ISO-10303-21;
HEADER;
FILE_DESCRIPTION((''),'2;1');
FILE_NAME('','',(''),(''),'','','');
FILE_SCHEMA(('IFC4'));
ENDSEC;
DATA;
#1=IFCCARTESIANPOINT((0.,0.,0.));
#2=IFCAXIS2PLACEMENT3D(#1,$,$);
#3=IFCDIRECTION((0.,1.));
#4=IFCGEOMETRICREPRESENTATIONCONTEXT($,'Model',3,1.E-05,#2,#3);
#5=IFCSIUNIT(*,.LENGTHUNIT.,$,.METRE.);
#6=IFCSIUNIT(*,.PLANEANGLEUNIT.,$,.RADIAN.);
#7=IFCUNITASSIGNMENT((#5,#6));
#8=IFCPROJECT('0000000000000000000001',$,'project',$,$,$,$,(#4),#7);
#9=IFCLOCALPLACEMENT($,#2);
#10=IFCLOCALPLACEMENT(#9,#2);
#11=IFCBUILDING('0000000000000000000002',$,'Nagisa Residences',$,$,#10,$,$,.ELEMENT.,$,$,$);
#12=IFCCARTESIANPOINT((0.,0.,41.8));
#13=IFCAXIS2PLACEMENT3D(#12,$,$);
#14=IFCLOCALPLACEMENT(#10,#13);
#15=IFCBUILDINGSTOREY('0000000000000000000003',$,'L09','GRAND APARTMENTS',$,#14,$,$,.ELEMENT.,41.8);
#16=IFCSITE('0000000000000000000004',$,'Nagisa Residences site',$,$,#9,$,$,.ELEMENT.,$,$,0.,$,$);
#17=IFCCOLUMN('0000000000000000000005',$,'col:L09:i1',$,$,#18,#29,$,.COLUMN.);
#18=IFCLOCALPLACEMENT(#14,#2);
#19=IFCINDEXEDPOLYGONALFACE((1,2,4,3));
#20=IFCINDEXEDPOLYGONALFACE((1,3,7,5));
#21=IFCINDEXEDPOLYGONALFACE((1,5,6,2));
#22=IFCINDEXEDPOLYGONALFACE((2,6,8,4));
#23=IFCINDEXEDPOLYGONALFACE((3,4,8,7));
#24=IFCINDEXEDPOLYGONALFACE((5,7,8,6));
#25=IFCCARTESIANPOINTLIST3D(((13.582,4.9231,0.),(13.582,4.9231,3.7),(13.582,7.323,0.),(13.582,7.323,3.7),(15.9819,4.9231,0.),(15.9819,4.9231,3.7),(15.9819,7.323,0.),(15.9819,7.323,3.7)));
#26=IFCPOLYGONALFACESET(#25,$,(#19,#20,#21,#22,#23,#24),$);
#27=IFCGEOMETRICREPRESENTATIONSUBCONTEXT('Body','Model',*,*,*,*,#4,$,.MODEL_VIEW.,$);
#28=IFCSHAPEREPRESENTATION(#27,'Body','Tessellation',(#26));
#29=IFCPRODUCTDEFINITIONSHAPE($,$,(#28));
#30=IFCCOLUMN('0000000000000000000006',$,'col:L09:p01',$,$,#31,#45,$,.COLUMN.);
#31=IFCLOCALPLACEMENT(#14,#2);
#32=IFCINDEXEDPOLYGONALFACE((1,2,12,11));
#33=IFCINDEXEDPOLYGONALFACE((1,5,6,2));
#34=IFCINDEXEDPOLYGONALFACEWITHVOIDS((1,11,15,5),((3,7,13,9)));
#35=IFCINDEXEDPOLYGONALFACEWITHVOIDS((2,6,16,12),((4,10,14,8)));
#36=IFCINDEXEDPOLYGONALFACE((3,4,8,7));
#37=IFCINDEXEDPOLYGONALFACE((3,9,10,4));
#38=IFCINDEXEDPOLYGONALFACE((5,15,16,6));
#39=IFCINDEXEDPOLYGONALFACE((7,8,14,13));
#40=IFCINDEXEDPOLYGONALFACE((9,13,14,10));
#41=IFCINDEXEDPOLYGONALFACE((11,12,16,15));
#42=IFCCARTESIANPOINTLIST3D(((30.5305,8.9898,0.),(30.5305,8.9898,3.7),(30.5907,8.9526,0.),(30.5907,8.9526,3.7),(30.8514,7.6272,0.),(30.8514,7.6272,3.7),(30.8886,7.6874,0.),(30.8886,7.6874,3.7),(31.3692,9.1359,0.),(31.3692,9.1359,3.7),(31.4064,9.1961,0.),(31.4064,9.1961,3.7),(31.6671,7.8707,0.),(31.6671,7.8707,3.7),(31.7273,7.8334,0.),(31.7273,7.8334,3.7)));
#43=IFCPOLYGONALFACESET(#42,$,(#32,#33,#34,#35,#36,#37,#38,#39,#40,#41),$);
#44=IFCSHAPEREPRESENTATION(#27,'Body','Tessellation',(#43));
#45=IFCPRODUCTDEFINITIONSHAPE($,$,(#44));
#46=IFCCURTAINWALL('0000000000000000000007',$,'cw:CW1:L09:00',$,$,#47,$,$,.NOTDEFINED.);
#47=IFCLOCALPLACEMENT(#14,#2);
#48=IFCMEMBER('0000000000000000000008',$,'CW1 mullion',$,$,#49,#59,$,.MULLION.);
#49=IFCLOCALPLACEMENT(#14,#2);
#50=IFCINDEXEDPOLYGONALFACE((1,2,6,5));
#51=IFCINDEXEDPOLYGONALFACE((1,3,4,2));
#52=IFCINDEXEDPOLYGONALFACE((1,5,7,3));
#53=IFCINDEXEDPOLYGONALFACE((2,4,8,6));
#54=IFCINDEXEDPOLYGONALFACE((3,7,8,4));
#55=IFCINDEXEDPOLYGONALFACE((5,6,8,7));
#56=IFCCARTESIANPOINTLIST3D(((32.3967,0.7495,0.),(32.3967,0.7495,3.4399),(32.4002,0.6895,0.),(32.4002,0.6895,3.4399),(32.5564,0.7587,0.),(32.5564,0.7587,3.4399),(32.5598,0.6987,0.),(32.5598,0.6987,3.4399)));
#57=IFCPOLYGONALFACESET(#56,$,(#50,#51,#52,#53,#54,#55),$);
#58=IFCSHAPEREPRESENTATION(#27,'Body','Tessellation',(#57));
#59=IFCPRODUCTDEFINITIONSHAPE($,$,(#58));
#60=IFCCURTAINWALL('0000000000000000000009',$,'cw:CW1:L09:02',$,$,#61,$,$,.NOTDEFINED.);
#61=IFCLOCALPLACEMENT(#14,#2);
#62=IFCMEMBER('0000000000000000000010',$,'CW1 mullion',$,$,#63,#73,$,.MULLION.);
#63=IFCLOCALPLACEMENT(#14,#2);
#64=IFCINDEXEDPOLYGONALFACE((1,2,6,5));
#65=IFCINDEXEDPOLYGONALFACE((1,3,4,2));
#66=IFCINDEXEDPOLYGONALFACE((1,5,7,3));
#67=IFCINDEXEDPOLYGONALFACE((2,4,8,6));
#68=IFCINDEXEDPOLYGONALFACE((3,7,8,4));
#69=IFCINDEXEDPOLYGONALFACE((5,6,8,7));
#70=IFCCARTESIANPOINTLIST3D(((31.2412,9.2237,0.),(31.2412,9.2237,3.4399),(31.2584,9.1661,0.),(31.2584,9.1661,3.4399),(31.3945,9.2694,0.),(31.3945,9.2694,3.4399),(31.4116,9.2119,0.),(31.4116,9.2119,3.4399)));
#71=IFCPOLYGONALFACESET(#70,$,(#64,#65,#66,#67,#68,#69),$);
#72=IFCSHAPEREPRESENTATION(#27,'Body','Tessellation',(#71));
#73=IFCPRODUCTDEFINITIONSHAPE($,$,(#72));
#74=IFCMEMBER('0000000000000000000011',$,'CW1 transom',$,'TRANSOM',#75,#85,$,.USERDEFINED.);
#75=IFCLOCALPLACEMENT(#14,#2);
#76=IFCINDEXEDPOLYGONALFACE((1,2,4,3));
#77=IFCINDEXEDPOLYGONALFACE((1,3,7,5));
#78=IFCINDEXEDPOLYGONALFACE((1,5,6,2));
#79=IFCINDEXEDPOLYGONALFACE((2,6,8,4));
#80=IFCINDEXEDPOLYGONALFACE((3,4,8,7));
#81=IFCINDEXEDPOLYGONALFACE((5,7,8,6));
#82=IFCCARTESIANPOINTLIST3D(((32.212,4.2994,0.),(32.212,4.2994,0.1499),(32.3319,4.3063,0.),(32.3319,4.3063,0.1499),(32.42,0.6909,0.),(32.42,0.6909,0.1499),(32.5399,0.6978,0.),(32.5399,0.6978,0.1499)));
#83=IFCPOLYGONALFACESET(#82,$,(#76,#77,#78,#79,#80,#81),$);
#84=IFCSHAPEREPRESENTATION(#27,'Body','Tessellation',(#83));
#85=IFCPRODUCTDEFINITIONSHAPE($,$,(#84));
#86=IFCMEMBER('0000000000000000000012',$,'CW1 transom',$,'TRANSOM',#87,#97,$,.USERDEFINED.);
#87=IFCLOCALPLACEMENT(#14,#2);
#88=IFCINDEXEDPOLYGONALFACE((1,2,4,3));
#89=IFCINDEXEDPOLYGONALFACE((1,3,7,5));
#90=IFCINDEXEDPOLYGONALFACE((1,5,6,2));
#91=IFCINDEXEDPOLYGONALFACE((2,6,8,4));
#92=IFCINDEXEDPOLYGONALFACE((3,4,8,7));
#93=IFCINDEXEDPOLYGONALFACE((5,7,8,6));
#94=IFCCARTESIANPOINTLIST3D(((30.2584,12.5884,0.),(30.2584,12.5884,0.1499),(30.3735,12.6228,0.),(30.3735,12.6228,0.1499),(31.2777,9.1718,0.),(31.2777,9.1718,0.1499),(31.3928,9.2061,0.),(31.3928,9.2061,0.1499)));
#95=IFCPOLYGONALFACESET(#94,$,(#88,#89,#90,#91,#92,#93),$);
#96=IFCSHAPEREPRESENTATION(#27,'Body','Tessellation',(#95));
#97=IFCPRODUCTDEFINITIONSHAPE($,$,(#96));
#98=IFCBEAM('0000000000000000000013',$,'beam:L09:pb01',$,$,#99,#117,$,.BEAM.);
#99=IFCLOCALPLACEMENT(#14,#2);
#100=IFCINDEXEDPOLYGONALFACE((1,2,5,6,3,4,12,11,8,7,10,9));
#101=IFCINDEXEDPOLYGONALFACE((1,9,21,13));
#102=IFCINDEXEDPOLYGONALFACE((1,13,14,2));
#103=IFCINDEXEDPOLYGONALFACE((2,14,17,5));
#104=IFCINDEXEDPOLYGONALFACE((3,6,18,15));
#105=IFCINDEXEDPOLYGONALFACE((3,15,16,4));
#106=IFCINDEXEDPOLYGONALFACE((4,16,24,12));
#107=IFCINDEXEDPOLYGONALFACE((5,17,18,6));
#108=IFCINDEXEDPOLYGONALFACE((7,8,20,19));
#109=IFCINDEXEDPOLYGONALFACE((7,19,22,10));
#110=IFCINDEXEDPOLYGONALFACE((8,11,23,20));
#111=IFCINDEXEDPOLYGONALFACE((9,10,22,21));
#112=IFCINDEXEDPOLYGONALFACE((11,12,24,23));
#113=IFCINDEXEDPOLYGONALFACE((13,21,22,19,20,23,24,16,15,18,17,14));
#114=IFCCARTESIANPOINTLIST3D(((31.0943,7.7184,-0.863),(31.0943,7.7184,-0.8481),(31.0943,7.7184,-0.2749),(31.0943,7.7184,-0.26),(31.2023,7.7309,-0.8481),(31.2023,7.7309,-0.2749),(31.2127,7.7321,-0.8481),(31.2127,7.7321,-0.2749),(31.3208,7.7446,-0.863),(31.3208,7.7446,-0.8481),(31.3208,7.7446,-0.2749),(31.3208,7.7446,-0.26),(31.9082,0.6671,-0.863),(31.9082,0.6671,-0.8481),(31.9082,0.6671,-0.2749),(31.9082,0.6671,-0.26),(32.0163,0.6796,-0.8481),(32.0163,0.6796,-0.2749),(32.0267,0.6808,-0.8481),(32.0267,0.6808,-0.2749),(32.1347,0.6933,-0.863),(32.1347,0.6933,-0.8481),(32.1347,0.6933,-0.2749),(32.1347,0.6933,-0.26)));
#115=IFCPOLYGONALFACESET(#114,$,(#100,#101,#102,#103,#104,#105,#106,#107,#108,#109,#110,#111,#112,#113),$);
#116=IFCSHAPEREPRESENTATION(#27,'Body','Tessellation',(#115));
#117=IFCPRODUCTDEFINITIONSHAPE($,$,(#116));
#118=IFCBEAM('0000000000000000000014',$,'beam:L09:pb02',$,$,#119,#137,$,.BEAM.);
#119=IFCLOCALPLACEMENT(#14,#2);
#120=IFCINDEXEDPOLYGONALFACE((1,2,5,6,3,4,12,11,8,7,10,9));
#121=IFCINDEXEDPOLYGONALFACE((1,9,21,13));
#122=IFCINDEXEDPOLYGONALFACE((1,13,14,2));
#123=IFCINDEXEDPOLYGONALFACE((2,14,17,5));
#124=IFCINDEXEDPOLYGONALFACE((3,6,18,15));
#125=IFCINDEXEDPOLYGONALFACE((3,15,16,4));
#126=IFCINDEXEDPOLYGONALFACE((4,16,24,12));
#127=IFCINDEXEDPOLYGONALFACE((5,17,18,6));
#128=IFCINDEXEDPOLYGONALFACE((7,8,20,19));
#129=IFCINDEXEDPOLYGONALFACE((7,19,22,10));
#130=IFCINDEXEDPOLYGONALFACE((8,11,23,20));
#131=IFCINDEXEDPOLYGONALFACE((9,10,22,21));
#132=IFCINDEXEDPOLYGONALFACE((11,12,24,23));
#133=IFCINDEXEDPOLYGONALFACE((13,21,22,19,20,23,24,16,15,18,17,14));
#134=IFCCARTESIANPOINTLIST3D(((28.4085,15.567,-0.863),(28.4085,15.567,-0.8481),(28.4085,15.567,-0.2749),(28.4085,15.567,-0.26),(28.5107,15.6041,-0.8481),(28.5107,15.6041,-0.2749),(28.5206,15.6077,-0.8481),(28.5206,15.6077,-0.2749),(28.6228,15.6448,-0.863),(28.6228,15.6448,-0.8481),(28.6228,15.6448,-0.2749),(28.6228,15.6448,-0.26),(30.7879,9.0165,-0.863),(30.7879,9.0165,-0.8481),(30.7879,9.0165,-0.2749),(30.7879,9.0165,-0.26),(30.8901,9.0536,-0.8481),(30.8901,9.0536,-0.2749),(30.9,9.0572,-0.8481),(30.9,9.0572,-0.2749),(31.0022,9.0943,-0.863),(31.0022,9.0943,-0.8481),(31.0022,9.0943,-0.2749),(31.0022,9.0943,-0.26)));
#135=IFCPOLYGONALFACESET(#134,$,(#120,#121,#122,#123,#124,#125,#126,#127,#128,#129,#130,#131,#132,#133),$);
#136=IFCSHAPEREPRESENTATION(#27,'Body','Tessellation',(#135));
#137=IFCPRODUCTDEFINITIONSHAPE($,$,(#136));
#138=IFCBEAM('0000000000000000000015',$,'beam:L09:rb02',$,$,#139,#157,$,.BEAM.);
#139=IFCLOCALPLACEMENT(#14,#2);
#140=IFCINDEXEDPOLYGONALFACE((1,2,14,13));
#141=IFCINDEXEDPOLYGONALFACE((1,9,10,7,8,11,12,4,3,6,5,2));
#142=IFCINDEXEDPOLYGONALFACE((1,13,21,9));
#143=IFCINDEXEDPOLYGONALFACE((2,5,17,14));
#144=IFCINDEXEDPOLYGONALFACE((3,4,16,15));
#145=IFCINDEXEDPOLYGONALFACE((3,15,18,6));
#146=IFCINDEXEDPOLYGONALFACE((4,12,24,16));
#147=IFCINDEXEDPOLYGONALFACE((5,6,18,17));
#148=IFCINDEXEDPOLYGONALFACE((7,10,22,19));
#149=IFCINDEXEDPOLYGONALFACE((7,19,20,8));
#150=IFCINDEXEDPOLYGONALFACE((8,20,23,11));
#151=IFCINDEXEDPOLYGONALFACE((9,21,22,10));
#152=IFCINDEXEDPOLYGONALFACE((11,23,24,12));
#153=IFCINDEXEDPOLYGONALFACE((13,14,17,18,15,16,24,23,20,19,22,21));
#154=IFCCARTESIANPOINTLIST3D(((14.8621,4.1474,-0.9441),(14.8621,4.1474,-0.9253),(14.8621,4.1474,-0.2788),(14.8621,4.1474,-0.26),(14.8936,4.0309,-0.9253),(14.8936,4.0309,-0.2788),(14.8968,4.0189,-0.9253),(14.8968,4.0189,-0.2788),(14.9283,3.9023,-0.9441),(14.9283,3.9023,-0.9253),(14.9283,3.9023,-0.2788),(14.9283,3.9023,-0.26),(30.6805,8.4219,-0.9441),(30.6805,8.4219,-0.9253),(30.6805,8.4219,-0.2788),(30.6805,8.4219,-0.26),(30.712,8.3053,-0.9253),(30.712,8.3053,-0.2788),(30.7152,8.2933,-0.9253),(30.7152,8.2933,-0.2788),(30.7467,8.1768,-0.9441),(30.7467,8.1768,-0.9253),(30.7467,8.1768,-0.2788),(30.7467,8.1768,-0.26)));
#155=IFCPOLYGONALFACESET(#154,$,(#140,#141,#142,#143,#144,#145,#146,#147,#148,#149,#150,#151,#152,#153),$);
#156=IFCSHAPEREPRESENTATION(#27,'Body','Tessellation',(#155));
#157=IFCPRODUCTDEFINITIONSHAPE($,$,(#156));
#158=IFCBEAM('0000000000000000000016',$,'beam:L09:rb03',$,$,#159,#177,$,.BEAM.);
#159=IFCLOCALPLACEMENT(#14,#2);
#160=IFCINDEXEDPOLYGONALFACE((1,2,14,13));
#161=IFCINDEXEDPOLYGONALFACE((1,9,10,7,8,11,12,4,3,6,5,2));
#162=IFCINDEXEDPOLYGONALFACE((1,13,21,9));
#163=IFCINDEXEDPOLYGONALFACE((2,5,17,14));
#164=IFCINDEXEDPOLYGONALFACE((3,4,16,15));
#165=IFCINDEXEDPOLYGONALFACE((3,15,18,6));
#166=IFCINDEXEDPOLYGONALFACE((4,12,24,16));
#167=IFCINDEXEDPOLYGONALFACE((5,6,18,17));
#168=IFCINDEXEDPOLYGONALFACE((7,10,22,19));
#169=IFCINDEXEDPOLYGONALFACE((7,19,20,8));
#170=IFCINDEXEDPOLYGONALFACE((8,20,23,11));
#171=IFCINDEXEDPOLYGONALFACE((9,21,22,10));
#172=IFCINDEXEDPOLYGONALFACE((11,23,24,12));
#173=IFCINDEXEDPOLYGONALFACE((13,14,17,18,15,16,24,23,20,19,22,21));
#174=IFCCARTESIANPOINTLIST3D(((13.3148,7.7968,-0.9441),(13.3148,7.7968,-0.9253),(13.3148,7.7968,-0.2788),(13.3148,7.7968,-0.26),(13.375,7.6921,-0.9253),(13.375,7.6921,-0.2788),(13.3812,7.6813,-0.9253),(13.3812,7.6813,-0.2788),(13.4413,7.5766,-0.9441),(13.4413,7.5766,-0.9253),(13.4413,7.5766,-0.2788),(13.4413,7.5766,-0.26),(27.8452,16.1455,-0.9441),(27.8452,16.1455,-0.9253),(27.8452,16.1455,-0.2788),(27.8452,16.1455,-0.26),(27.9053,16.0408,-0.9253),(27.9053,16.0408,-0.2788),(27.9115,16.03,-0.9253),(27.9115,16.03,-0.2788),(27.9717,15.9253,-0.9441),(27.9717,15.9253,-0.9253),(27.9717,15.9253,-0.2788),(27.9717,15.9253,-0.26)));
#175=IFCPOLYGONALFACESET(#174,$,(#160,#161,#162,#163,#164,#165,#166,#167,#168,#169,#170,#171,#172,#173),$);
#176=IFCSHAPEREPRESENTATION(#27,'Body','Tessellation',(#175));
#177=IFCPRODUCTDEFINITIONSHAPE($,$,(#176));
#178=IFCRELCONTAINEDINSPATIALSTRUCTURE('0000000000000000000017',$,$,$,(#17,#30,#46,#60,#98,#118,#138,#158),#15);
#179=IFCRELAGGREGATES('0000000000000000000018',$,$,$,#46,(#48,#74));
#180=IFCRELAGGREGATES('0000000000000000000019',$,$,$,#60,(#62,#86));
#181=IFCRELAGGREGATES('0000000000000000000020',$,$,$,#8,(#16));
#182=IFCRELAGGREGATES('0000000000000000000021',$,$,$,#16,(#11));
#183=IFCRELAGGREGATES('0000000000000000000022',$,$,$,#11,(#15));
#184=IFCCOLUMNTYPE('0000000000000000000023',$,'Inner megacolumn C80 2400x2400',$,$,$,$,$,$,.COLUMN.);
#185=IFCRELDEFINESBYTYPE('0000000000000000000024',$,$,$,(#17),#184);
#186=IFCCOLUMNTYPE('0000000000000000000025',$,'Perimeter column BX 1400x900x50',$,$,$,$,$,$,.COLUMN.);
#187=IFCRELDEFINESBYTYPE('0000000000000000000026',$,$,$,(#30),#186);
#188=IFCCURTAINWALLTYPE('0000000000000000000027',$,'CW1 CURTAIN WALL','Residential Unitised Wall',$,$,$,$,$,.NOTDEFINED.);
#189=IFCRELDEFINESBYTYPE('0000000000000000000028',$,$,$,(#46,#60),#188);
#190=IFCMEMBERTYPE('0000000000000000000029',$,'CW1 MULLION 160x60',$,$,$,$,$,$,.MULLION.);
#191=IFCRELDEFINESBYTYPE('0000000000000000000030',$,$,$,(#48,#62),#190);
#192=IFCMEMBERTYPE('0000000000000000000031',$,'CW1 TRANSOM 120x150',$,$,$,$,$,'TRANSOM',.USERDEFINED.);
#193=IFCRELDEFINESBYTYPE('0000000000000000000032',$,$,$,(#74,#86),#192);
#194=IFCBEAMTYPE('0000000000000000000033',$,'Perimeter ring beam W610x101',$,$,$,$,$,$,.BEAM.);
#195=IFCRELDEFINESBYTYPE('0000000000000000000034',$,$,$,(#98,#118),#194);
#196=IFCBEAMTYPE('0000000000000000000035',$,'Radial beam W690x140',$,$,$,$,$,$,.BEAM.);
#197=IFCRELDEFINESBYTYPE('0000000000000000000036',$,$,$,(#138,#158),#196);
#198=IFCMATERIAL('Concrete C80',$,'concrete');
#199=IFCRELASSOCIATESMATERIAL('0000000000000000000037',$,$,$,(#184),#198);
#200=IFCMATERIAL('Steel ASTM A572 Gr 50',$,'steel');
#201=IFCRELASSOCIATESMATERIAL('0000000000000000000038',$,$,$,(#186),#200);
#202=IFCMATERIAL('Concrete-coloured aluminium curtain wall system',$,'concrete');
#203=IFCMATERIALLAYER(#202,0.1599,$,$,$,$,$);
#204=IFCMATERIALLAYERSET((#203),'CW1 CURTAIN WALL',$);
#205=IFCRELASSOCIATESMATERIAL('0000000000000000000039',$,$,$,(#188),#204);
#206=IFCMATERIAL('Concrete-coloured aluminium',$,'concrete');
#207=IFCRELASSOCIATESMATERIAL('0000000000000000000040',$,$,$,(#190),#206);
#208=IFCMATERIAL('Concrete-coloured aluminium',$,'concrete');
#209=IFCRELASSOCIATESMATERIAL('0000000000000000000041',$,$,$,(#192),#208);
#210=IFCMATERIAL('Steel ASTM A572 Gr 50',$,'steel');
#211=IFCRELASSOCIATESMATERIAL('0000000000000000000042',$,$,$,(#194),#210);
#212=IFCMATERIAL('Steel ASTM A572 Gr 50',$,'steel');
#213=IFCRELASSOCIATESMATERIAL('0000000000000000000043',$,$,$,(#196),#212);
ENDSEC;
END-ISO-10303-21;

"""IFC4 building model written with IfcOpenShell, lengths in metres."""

from ifc_helpers import new_model, si_unit, direction, frame, origin, origin_2d, place, context, subcontext, project, spatial, rectangle, hollow_rectangle, i_section, extrude, material, layer, layer_set, material_profile, profile_set, type_object, element, aggregate, save


model = new_model("IFC4")

# Units and contexts
model_context = context("Model", 3, precision=1e-05, world=origin(), true_north=direction((0.0, 1.0)))
body_context = subcontext(model_context, "Body", "Model", "MODEL_VIEW")
ifc_project = project(units=[si_unit("LENGTHUNIT", "METRE"), si_unit("PLANEANGLEUNIT", "RADIAN")], contexts=[model_context])

# Site, building, storey
site_placement = place(None, origin())
site = spatial("IfcSite", under=ifc_project, at=site_placement, Name="Nagisa Residences site", CompositionType="ELEMENT", RefElevation=0.0)
building_placement = place(site_placement, origin())
building = spatial("IfcBuilding", under=site, at=building_placement, Name="Nagisa Residences", CompositionType="ELEMENT")
storey_placement = place(building_placement, frame((0.0, 0.0, 41.8)))
storey = spatial("IfcBuildingStorey", under=building, at=storey_placement, Name="L09", Description="GRAND APARTMENTS", CompositionType="ELEMENT", Elevation=41.8)

# Columns
ifc_material_1 = material(Name="Concrete C80", Category="concrete")
ifc_material_profile_1 = material_profile(ifc_material_1, rectangle(XDim=2.3999, YDim=2.3999, at=origin_2d()), Name="C80 2400x2400")
ifc_profile_set_1 = profile_set([ifc_material_profile_1], Name="Concrete C80")
column_type_1 = type_object("IfcColumnType", Name="Inner megacolumn C80 2400x2400", PredefinedType="COLUMN", material=ifc_profile_set_1)
column_1_placement = place(storey_placement, frame((14.782, 6.123, 0.0), z_axis=(0.0, 0.0, 1.0), x_axis=(1.0, 0.0, 0.0)))
element("IfcColumn", 1, at=column_1_placement, inside=storey, type_object=column_type_1, Name="col:L09:i1", PredefinedType="COLUMN", context=body_context, shape_type="SweptSolid", body=[
    extrude(rectangle(XDim=2.3999, YDim=2.3999, at=origin_2d()), origin(), (0.0, 0.0, 1.0), 3.7),
])
ifc_material_2 = material(Name="Steel ASTM A572 Gr 50", Category="steel")
ifc_material_profile_2 = material_profile(ifc_material_2, hollow_rectangle(XDim=1.3999, YDim=0.8999, WallThickness=0.05, at=origin_2d()), Name="BX 1400x900x50")
ifc_profile_set_2 = profile_set([ifc_material_profile_2], Name="Steel ASTM A572 Gr 50")
column_type_2 = type_object("IfcColumnType", Name="Perimeter column BX 1400x900x50", PredefinedType="COLUMN", material=ifc_profile_set_2)
column_2_placement = place(storey_placement, frame((31.1289, 8.4116, 0.0), z_axis=(0.0, 0.0, 1.0), x_axis=(-0.229202, 0.973379, 0.0)))
element("IfcColumn", 2, at=column_2_placement, inside=storey, type_object=column_type_2, Name="col:L09:p01", PredefinedType="COLUMN", context=body_context, shape_type="SweptSolid", body=[
    extrude(hollow_rectangle(XDim=1.3999, YDim=0.8999, WallThickness=0.05, at=origin_2d()), origin(), (0.0, 0.0, 1.0), 3.7),
])

# Curtain walls, members
ifc_material_3 = material(Name="Concrete-coloured aluminium curtain wall system", Category="concrete")
ifc_layer_1 = layer(ifc_material_3, 0.1599)
ifc_layer_set_1 = layer_set([ifc_layer_1], Name="CW1 CURTAIN WALL")
curtain_wall_type = type_object("IfcCurtainWallType", Name="CW1 CURTAIN WALL", Description="Residential Unitised Wall", PredefinedType="NOTDEFINED", material=ifc_layer_set_1)
curtain_wall_1_placement = place(storey_placement, origin())
curtain_wall_1 = element("IfcCurtainWall", 3, at=curtain_wall_1_placement, inside=storey, type_object=curtain_wall_type, Name="cw:CW1:L09:00", PredefinedType="NOTDEFINED")
ifc_material_4 = material(Name="Concrete-coloured aluminium", Category="concrete")
ifc_material_profile_3 = material_profile(ifc_material_4, rectangle(XDim=0.1599, YDim=0.0601, at=origin_2d()), Name="CW1 MULLION 160x60")
ifc_profile_set_3 = profile_set([ifc_material_profile_3], Name="Concrete-coloured aluminium")
member_type_1 = type_object("IfcMemberType", Name="CW1 MULLION 160x60", PredefinedType="MULLION", material=ifc_profile_set_3)
member_1_placement = place(storey_placement, frame((32.4783, 0.7241, 0.0), z_axis=(0.0, 0.0, 1.0), x_axis=(-0.998345, -0.057503, 0.0)))
member_1 = element("IfcMember", 4, at=member_1_placement, type_object=member_type_1, Name="CW1 mullion", PredefinedType="MULLION", context=body_context, shape_type="SweptSolid", body=[
    extrude(rectangle(XDim=0.1599, YDim=0.0601, at=origin_2d()), origin(), (0.0, 0.0, 1.0), 3.4399),
])
curtain_wall_2_placement = place(storey_placement, origin())
curtain_wall_2 = element("IfcCurtainWall", 5, at=curtain_wall_2_placement, inside=storey, type_object=curtain_wall_type, Name="cw:CW1:L09:02", PredefinedType="NOTDEFINED")
member_2_placement = place(storey_placement, frame((31.3264, 9.2178, 0.0), z_axis=(0.0, 0.0, 1.0), x_axis=(-0.958271, -0.28586, 0.0)))
member_2 = element("IfcMember", 6, at=member_2_placement, type_object=member_type_1, Name="CW1 mullion", PredefinedType="MULLION", context=body_context, shape_type="SweptSolid", body=[
    extrude(rectangle(XDim=0.1599, YDim=0.0601, at=origin_2d()), origin(), (0.0, 0.0, 1.0), 3.4399),
])

# Members
ifc_material_5 = material(Name="Concrete-coloured aluminium", Category="concrete")
ifc_material_profile_4 = material_profile(ifc_material_5, rectangle(XDim=0.1201, YDim=0.1499, at=origin_2d()), Name="CW1 TRANSOM 120x150")
ifc_profile_set_4 = profile_set([ifc_material_profile_4], Name="Concrete-coloured aluminium")
member_type_2 = type_object("IfcMemberType", Name="CW1 TRANSOM 120x150", ElementType="TRANSOM", PredefinedType="USERDEFINED", material=ifc_profile_set_4)
member_3_placement = place(storey_placement, frame((32.48, 0.6943, 0.075), z_axis=(-0.05755, 0.998343, 0.0), x_axis=(-0.998343, -0.05755, 0.0)))
member_3 = element("IfcMember", 7, at=member_3_placement, type_object=member_type_2, Name="CW1 transom", ObjectType="TRANSOM", PredefinedType="USERDEFINED", context=body_context, shape_type="SweptSolid", body=[
    extrude(rectangle(XDim=0.1201, YDim=0.1499, at=origin_2d()), origin(), (0.0, 0.0, 1.0), 3.6145),
])
member_4_placement = place(storey_placement, frame((31.3352, 9.189, 0.075), z_axis=(-0.285871, 0.958268, 0.0), x_axis=(-0.958268, -0.285871, 0.0)))
member_4 = element("IfcMember", 8, at=member_4_placement, type_object=member_type_2, Name="CW1 transom", ObjectType="TRANSOM", PredefinedType="USERDEFINED", context=body_context, shape_type="SweptSolid", body=[
    extrude(rectangle(XDim=0.1201, YDim=0.1499, at=origin_2d()), origin(), (0.0, 0.0, 1.0), 3.5654),
])

# Beams
ifc_material_6 = material(Name="Steel ASTM A572 Gr 50", Category="steel")
ifc_material_profile_5 = material_profile(ifc_material_6, i_section(OverallWidth=0.228, OverallDepth=0.603, WebThickness=0.0105, FlangeThickness=0.0149, at=origin_2d()), Name="W610x101")
ifc_profile_set_5 = profile_set([ifc_material_profile_5], Name="Steel ASTM A572 Gr 50")
beam_type_1 = type_object("IfcBeamType", Name="Perimeter ring beam W610x101", PredefinedType="BEAM", material=ifc_profile_set_5)
beam_1_placement = place(storey_placement, frame((32.0215, 0.6802, -0.5615), z_axis=(-0.114674, 0.993403, 0.0), x_axis=(-0.993403, -0.114674, 0.0)))
element("IfcBeam", 9, at=beam_1_placement, inside=storey, type_object=beam_type_1, Name="beam:L09:pb01", PredefinedType="BEAM", context=body_context, shape_type="SweptSolid", body=[
    extrude(i_section(OverallWidth=0.228, OverallDepth=0.603, WebThickness=0.0105, FlangeThickness=0.0149, at=origin_2d()), origin(), (0.0, 0.0, 1.0), 7.0981),
])
beam_2_placement = place(storey_placement, frame((30.895, 9.0554, -0.5615), z_axis=(-0.341411, 0.939914, 0.0), x_axis=(-0.939914, -0.341411, 0.0)))
element("IfcBeam", 10, at=beam_2_placement, inside=storey, type_object=beam_type_1, Name="beam:L09:pb02", PredefinedType="BEAM", context=body_context, shape_type="SweptSolid", body=[
    extrude(i_section(OverallWidth=0.228, OverallDepth=0.603, WebThickness=0.0105, FlangeThickness=0.0149, at=origin_2d()), origin(), (0.0, 0.0, 1.0), 6.9692),
])
ifc_material_7 = material(Name="Steel ASTM A572 Gr 50", Category="steel")
ifc_material_profile_6 = material_profile(ifc_material_7, i_section(OverallWidth=0.2539, OverallDepth=0.6841, WebThickness=0.0125, FlangeThickness=0.0188, at=origin_2d()), Name="W690x140")
ifc_profile_set_6 = profile_set([ifc_material_profile_6], Name="Steel ASTM A572 Gr 50")
beam_type_2 = type_object("IfcBeamType", Name="Radial beam W690x140", PredefinedType="BEAM", material=ifc_profile_set_6)
beam_3_placement = place(storey_placement, frame((30.7136, 8.2993, -0.6021), z_axis=(-0.965376, -0.260862, 0.0), x_axis=(0.260862, -0.965376, 0.0)))
element("IfcBeam", 11, at=beam_3_placement, inside=storey, type_object=beam_type_2, Name="beam:L09:rb02", PredefinedType="BEAM", context=body_context, shape_type="SweptSolid", body=[
    extrude(i_section(OverallWidth=0.2539, OverallDepth=0.6841, WebThickness=0.0125, FlangeThickness=0.0188, at=origin_2d()), origin(), (0.0, 0.0, 1.0), 16.3857),
])
beam_4_placement = place(storey_placement, frame((27.9084, 16.0354, -0.6021), z_axis=(-0.867068, -0.49819, 0.0), x_axis=(0.49819, -0.867068, 0.0)))
element("IfcBeam", 12, at=beam_4_placement, inside=storey, type_object=beam_type_2, Name="beam:L09:rb03", PredefinedType="BEAM", context=body_context, shape_type="SweptSolid", body=[
    extrude(i_section(OverallWidth=0.2539, OverallDepth=0.6841, WebThickness=0.0125, FlangeThickness=0.0188, at=origin_2d()), origin(), (0.0, 0.0, 1.0), 16.7581),
])

aggregate(curtain_wall_1, [member_1, member_3])
aggregate(curtain_wall_2, [member_2, member_4])

save(model, "model.ifc")
